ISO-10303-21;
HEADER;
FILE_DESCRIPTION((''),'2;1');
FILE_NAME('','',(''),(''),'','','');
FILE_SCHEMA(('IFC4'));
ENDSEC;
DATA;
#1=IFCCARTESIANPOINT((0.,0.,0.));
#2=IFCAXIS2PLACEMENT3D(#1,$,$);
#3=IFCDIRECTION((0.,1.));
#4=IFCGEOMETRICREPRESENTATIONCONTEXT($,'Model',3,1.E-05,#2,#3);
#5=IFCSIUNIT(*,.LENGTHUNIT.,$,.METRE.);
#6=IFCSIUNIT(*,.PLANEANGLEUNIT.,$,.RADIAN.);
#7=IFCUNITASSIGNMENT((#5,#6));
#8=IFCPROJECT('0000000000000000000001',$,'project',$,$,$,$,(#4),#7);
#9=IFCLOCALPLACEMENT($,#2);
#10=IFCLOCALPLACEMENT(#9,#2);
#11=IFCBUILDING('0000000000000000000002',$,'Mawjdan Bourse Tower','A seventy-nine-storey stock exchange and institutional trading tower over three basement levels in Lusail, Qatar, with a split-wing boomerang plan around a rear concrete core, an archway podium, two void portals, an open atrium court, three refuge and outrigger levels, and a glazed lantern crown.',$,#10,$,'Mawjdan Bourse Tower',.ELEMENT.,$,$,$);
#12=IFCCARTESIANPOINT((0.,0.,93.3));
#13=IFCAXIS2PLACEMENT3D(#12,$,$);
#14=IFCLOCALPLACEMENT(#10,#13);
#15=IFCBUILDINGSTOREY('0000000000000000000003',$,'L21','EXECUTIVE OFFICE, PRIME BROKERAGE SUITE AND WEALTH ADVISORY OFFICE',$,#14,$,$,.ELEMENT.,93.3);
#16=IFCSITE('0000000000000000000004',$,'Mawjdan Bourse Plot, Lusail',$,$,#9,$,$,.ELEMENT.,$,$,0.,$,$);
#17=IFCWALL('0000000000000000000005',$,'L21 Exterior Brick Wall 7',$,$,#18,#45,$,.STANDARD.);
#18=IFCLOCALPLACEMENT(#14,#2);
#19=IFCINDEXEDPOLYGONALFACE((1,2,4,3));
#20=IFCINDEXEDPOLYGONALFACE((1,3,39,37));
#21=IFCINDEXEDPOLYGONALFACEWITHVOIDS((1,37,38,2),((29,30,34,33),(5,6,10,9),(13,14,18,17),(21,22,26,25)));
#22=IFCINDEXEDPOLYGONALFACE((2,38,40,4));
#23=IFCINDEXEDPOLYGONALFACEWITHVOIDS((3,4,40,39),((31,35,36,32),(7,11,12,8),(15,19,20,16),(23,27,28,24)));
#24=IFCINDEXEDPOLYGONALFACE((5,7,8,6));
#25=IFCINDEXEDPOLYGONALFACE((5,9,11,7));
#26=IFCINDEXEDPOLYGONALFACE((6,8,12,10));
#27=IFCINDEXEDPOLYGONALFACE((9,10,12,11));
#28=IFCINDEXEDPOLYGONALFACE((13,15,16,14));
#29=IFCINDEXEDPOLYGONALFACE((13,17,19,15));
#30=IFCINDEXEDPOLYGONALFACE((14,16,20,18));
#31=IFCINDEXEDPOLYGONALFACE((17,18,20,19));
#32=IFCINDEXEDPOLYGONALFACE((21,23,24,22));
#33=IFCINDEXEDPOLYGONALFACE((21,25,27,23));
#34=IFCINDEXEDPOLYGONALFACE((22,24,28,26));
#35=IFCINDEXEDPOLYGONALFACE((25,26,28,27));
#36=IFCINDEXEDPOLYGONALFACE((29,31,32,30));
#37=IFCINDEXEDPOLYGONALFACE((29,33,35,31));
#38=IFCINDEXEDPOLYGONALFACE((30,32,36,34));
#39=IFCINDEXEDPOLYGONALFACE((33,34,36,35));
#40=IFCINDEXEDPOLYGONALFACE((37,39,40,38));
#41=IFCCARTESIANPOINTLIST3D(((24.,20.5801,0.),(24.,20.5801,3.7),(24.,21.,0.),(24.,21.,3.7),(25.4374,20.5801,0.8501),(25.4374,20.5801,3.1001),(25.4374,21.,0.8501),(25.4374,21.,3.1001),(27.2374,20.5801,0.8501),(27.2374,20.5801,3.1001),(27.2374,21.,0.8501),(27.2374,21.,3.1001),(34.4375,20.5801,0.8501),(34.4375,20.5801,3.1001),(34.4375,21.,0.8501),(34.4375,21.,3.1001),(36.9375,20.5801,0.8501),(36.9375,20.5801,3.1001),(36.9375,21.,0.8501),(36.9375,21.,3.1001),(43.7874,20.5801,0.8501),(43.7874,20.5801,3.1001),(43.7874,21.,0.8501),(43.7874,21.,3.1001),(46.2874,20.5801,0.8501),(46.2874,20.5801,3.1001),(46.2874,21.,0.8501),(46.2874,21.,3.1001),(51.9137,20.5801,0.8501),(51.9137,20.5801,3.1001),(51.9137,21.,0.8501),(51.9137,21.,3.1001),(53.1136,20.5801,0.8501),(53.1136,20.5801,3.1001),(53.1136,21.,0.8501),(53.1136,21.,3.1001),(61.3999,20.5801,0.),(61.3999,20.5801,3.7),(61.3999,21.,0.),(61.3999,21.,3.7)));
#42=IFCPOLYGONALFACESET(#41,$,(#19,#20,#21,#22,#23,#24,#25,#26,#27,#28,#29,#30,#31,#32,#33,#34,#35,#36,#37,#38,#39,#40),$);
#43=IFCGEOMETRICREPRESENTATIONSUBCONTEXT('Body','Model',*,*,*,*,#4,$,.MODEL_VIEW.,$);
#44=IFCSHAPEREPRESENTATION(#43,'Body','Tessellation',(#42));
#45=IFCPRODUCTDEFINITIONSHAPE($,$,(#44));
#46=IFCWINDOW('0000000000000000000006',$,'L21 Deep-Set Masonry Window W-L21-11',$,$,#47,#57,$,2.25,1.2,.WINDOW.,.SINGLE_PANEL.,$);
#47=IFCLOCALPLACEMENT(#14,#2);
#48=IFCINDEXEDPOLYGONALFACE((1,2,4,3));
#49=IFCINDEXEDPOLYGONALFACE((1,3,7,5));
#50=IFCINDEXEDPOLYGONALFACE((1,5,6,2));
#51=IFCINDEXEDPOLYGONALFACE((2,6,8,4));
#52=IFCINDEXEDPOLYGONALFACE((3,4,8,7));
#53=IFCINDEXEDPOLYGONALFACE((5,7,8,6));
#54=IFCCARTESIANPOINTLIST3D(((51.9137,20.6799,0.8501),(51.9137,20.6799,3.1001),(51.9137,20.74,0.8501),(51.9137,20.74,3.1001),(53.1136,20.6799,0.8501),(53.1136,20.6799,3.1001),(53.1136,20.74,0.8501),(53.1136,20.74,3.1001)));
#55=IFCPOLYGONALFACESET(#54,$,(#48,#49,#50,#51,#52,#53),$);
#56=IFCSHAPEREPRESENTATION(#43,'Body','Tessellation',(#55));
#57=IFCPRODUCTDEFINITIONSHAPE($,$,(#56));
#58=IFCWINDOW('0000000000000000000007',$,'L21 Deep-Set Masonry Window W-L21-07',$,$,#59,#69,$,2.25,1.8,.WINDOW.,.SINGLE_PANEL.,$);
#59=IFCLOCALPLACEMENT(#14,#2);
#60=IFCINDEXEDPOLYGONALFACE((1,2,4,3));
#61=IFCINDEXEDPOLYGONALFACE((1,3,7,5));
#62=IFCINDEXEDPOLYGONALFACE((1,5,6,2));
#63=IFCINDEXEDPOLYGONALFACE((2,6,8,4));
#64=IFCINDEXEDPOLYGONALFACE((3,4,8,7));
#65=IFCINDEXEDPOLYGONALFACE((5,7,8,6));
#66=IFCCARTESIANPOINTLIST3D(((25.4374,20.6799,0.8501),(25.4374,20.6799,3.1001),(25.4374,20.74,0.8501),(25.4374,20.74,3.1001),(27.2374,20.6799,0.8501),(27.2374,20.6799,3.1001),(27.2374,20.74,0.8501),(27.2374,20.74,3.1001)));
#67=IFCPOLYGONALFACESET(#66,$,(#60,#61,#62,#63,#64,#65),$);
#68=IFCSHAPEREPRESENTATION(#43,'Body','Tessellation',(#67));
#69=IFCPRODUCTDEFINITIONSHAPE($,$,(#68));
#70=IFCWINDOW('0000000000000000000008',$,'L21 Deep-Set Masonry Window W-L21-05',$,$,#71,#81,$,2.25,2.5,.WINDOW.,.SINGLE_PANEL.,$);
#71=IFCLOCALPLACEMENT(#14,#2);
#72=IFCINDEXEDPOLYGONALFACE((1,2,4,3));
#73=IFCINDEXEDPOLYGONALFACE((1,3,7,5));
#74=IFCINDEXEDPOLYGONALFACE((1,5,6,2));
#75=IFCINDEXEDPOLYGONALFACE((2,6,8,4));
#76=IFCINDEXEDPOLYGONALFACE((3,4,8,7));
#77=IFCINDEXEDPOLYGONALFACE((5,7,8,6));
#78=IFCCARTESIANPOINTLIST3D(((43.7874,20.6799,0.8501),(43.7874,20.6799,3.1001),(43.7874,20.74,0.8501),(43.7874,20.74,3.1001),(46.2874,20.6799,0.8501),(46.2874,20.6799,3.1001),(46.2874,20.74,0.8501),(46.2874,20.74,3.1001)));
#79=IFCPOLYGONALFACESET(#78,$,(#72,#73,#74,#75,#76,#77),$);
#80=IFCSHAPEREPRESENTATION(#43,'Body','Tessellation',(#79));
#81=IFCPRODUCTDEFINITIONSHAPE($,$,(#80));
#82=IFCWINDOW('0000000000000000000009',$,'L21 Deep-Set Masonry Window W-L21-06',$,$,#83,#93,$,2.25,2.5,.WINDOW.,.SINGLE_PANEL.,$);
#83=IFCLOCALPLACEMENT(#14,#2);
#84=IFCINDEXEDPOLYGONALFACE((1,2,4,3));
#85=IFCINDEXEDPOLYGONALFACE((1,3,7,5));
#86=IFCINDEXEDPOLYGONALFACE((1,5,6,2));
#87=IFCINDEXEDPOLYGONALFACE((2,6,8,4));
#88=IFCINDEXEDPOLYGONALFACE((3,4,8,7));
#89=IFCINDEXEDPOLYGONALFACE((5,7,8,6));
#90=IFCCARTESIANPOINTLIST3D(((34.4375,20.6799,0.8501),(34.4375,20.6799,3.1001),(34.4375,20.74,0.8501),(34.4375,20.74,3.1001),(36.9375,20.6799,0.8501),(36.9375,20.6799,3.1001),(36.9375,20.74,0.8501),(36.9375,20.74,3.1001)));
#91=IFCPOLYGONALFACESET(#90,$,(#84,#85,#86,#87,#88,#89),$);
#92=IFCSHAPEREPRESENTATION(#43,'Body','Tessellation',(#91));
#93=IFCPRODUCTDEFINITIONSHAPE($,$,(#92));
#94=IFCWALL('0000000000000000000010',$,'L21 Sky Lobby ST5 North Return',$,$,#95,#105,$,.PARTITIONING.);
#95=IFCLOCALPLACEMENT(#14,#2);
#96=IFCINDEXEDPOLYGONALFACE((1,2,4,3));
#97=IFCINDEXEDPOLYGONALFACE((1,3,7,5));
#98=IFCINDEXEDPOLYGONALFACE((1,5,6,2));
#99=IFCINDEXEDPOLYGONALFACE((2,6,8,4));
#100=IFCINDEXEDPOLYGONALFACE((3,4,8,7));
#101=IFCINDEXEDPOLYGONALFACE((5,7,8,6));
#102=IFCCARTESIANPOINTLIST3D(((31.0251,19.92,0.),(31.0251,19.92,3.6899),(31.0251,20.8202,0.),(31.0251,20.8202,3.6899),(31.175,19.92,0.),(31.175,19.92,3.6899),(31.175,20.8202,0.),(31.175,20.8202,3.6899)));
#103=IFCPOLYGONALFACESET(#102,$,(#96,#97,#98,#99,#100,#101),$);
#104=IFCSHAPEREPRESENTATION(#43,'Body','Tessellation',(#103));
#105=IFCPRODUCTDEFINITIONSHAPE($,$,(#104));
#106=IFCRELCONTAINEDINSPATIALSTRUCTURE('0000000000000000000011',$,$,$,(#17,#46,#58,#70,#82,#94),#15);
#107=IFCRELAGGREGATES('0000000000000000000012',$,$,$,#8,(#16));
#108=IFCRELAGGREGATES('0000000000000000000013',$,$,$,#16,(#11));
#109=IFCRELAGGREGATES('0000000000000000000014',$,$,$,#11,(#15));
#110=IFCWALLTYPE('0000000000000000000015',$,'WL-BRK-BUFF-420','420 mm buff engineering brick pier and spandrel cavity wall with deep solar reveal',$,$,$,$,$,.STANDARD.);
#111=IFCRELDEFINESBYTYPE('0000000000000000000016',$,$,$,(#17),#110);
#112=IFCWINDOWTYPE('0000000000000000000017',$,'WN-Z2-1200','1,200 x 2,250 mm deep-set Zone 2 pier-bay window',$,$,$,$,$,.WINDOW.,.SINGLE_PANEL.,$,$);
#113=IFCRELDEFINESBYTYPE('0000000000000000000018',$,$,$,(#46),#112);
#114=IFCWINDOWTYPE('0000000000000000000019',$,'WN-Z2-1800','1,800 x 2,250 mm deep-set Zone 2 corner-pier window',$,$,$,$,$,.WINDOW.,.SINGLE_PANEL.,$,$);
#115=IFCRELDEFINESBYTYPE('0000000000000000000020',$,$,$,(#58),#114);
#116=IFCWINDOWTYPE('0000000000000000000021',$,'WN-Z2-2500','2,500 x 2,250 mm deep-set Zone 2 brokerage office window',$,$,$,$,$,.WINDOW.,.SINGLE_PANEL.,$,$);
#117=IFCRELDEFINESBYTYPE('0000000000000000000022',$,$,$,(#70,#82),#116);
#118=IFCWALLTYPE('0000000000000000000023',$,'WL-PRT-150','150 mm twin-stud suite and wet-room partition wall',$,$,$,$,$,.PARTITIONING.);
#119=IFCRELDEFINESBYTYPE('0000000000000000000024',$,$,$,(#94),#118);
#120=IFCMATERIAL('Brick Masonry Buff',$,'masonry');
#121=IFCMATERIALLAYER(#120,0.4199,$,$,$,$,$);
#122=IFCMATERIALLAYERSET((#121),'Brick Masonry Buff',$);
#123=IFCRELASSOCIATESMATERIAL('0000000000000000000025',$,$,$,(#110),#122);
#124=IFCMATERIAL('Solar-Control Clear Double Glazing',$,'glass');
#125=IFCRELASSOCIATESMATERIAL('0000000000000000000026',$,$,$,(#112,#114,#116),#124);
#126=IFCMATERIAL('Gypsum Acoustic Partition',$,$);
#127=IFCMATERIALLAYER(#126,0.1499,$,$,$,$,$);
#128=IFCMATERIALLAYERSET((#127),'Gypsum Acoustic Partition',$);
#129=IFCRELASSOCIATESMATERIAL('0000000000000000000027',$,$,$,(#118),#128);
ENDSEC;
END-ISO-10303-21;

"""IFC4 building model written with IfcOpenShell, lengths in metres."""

from ifc_helpers import new_model, si_unit, direction, frame, frame_2d, origin, place, context, subcontext, project, spatial, rectangle, extrude, material, layer, layer_set, type_object, element, fill, save


model = new_model("IFC4")

# Units and contexts
model_context = context("Model", 3, precision=1e-05, world=origin(), true_north=direction((0.0, 1.0)))
body_context = subcontext(model_context, "Body", "Model", "MODEL_VIEW")
ifc_project = project(units=[si_unit("LENGTHUNIT", "METRE"), si_unit("PLANEANGLEUNIT", "RADIAN")], contexts=[model_context])

# Site, building, storey
site_placement = place(None, origin())
site = spatial("IfcSite", under=ifc_project, at=site_placement, Name="Mawjdan Bourse Plot, Lusail", CompositionType="ELEMENT", RefElevation=0.0)
building_placement = place(site_placement, origin())
building = spatial("IfcBuilding", under=site, at=building_placement, Name="Mawjdan Bourse Tower", Description="A seventy-nine-storey stock exchange and institutional trading tower over three basement levels in Lusail, Qatar, with a split-wing boomerang plan around a rear concrete core, an archway podium, two void portals, an open atrium court, three refuge and outrigger levels, and a glazed lantern crown.", LongName="Mawjdan Bourse Tower", CompositionType="ELEMENT")
storey_placement = place(building_placement, frame((0.0, 0.0, 93.3)))
storey = spatial("IfcBuildingStorey", under=building, at=storey_placement, Name="L21", Description="EXECUTIVE OFFICE, PRIME BROKERAGE SUITE AND WEALTH ADVISORY OFFICE", CompositionType="ELEMENT", Elevation=93.3)

# Shared definitions
ifc_material_1 = material(Name="Brick Masonry Buff", Category="masonry")
ifc_layer_1 = layer(ifc_material_1, 0.4199)
ifc_layer_set_1 = layer_set([ifc_layer_1], Name="Brick Masonry Buff")
wall_type_1 = type_object("IfcWallType", Name="WL-BRK-BUFF-420", Description="420 mm buff engineering brick pier and spandrel cavity wall with deep solar reveal", PredefinedType="STANDARD", material=ifc_layer_set_1)

# Wall, openings, windows
wall_1_placement = place(storey_placement, frame((61.3999, 20.79, 0.0), z_axis=(0.0, 0.0, 1.0), x_axis=(-1.0, 0.0, 0.0)))
wall_1 = element("IfcWall", 1, at=wall_1_placement, inside=storey, type_object=wall_type_1, Name="L21 Exterior Brick Wall 7", PredefinedType="STANDARD", context=body_context, shape_type="SweptSolid", body=[
    extrude(rectangle(XDim=37.3999, YDim=0.4199, at=frame_2d((18.7, 0.0))), origin(), (0.0, 0.0, 1.0), 3.7),
])
opening_1_placement = place(wall_1_placement, frame((15.1125, 0.0, 0.8501)))
opening_1 = element("IfcOpeningElement", 2, at=opening_1_placement, cuts=wall_1, PredefinedType="OPENING", context=body_context, shape_type="SweptSolid", body=[
    extrude(rectangle(XDim=2.5, YDim=2.25, at=frame_2d((1.25, 1.125))), frame((0.0, 0.22, 0.0), z_axis=(0.0, -1.0, 0.0), x_axis=(1.0, 0.0, 0.0)), (0.0, 0.0, 1.0), 0.4399),
])
opening_2_placement = place(wall_1_placement, frame((24.4624, 0.0, 0.8501)))
opening_2 = element("IfcOpeningElement", 3, at=opening_2_placement, cuts=wall_1, PredefinedType="OPENING", context=body_context, shape_type="SweptSolid", body=[
    extrude(rectangle(XDim=2.5, YDim=2.25, at=frame_2d((1.25, 1.125))), frame((0.0, 0.22, 0.0), z_axis=(0.0, -1.0, 0.0), x_axis=(1.0, 0.0, 0.0)), (0.0, 0.0, 1.0), 0.4399),
])
opening_3_placement = place(wall_1_placement, frame((34.1626, 0.0, 0.8501)))
opening_3 = element("IfcOpeningElement", 4, at=opening_3_placement, cuts=wall_1, PredefinedType="OPENING", context=body_context, shape_type="SweptSolid", body=[
    extrude(rectangle(XDim=1.8, YDim=2.25, at=frame_2d((0.8999, 1.125))), frame((0.0, 0.22, 0.0), z_axis=(0.0, -1.0, 0.0), x_axis=(1.0, 0.0, 0.0)), (0.0, 0.0, 1.0), 0.4399),
])
opening_4_placement = place(wall_1_placement, frame((8.2861, 0.0, 0.8501)))
opening_4 = element("IfcOpeningElement", 5, at=opening_4_placement, cuts=wall_1, PredefinedType="OPENING", context=body_context, shape_type="SweptSolid", body=[
    extrude(rectangle(XDim=1.2, YDim=2.25, at=frame_2d((0.6001, 1.125))), frame((0.0, 0.22, 0.0), z_axis=(0.0, -1.0, 0.0), x_axis=(1.0, 0.0, 0.0)), (0.0, 0.0, 1.0), 0.4399),
])
ifc_material_2 = material(Name="Solar-Control Clear Double Glazing", Category="glass")
window_type_1 = type_object("IfcWindowType", Name="WN-Z2-1200", Description="1,200 x 2,250 mm deep-set Zone 2 pier-bay window", PartitioningType="SINGLE_PANEL", PredefinedType="WINDOW", material=ifc_material_2)
window_1_placement = place(opening_4_placement, origin())
window_1 = element("IfcWindow", 6, at=window_1_placement, inside=storey, type_object=window_type_1, Name="L21 Deep-Set Masonry Window W-L21-11", OverallHeight=2.25, OverallWidth=1.2, PartitioningType="SINGLE_PANEL", PredefinedType="WINDOW", context=body_context, shape_type="SweptSolid", body=[
    extrude(rectangle(XDim=1.2, YDim=2.25, at=frame_2d((0.6001, 1.125))), frame((0.0, 0.1101, 0.0), z_axis=(0.0, -1.0, 0.0), x_axis=(1.0, 0.0, 0.0)), (0.0, 0.0, 1.0), 0.0601),
])
fill(opening_4, window_1)
window_type_2 = type_object("IfcWindowType", Name="WN-Z2-1800", Description="1,800 x 2,250 mm deep-set Zone 2 corner-pier window", PartitioningType="SINGLE_PANEL", PredefinedType="WINDOW", material=ifc_material_2)
window_2_placement = place(opening_3_placement, origin())
window_2 = element("IfcWindow", 7, at=window_2_placement, inside=storey, type_object=window_type_2, Name="L21 Deep-Set Masonry Window W-L21-07", OverallHeight=2.25, OverallWidth=1.8, PartitioningType="SINGLE_PANEL", PredefinedType="WINDOW", context=body_context, shape_type="SweptSolid", body=[
    extrude(rectangle(XDim=1.8, YDim=2.25, at=frame_2d((0.8999, 1.125))), frame((0.0, 0.1101, 0.0), z_axis=(0.0, -1.0, 0.0), x_axis=(1.0, 0.0, 0.0)), (0.0, 0.0, 1.0), 0.0601),
])
fill(opening_3, window_2)
window_type_3 = type_object("IfcWindowType", Name="WN-Z2-2500", Description="2,500 x 2,250 mm deep-set Zone 2 brokerage office window", PartitioningType="SINGLE_PANEL", PredefinedType="WINDOW", material=ifc_material_2)
window_3_placement = place(opening_1_placement, origin())
window_3 = element("IfcWindow", 8, at=window_3_placement, inside=storey, type_object=window_type_3, Name="L21 Deep-Set Masonry Window W-L21-05", OverallHeight=2.25, OverallWidth=2.5, PartitioningType="SINGLE_PANEL", PredefinedType="WINDOW", context=body_context, shape_type="SweptSolid", body=[
    extrude(rectangle(XDim=2.5, YDim=2.25, at=frame_2d((1.25, 1.125))), frame((0.0, 0.1101, 0.0), z_axis=(0.0, -1.0, 0.0), x_axis=(1.0, 0.0, 0.0)), (0.0, 0.0, 1.0), 0.0601),
])
fill(opening_1, window_3)
window_4_placement = place(opening_2_placement, origin())
window_4 = element("IfcWindow", 9, at=window_4_placement, inside=storey, type_object=window_type_3, Name="L21 Deep-Set Masonry Window W-L21-06", OverallHeight=2.25, OverallWidth=2.5, PartitioningType="SINGLE_PANEL", PredefinedType="WINDOW", context=body_context, shape_type="SweptSolid", body=[
    extrude(rectangle(XDim=2.5, YDim=2.25, at=frame_2d((1.25, 1.125))), frame((0.0, 0.1101, 0.0), z_axis=(0.0, -1.0, 0.0), x_axis=(1.0, 0.0, 0.0)), (0.0, 0.0, 1.0), 0.0601),
])
fill(opening_2, window_4)

# Wall
ifc_material_3 = material(Name="Gypsum Acoustic Partition")
ifc_layer_2 = layer(ifc_material_3, 0.1499)
ifc_layer_set_2 = layer_set([ifc_layer_2], Name="Gypsum Acoustic Partition")
wall_type_2 = type_object("IfcWallType", Name="WL-PRT-150", Description="150 mm twin-stud suite and wet-room partition wall", PredefinedType="PARTITIONING", material=ifc_layer_set_2)
wall_2_placement = place(storey_placement, frame((31.1001, 19.9199, 0.0), z_axis=(0.0, 0.0, 1.0), x_axis=(0.0, 1.0, 0.0)))
element("IfcWall", 10, at=wall_2_placement, inside=storey, type_object=wall_type_2, Name="L21 Sky Lobby ST5 North Return", PredefinedType="PARTITIONING", context=body_context, shape_type="SweptSolid", body=[
    extrude(rectangle(XDim=0.9001, YDim=0.1499, at=frame_2d((0.4502, 0.0))), origin(), (0.0, 0.0, 1.0), 3.6899),
])

save(model, "model.ifc")
